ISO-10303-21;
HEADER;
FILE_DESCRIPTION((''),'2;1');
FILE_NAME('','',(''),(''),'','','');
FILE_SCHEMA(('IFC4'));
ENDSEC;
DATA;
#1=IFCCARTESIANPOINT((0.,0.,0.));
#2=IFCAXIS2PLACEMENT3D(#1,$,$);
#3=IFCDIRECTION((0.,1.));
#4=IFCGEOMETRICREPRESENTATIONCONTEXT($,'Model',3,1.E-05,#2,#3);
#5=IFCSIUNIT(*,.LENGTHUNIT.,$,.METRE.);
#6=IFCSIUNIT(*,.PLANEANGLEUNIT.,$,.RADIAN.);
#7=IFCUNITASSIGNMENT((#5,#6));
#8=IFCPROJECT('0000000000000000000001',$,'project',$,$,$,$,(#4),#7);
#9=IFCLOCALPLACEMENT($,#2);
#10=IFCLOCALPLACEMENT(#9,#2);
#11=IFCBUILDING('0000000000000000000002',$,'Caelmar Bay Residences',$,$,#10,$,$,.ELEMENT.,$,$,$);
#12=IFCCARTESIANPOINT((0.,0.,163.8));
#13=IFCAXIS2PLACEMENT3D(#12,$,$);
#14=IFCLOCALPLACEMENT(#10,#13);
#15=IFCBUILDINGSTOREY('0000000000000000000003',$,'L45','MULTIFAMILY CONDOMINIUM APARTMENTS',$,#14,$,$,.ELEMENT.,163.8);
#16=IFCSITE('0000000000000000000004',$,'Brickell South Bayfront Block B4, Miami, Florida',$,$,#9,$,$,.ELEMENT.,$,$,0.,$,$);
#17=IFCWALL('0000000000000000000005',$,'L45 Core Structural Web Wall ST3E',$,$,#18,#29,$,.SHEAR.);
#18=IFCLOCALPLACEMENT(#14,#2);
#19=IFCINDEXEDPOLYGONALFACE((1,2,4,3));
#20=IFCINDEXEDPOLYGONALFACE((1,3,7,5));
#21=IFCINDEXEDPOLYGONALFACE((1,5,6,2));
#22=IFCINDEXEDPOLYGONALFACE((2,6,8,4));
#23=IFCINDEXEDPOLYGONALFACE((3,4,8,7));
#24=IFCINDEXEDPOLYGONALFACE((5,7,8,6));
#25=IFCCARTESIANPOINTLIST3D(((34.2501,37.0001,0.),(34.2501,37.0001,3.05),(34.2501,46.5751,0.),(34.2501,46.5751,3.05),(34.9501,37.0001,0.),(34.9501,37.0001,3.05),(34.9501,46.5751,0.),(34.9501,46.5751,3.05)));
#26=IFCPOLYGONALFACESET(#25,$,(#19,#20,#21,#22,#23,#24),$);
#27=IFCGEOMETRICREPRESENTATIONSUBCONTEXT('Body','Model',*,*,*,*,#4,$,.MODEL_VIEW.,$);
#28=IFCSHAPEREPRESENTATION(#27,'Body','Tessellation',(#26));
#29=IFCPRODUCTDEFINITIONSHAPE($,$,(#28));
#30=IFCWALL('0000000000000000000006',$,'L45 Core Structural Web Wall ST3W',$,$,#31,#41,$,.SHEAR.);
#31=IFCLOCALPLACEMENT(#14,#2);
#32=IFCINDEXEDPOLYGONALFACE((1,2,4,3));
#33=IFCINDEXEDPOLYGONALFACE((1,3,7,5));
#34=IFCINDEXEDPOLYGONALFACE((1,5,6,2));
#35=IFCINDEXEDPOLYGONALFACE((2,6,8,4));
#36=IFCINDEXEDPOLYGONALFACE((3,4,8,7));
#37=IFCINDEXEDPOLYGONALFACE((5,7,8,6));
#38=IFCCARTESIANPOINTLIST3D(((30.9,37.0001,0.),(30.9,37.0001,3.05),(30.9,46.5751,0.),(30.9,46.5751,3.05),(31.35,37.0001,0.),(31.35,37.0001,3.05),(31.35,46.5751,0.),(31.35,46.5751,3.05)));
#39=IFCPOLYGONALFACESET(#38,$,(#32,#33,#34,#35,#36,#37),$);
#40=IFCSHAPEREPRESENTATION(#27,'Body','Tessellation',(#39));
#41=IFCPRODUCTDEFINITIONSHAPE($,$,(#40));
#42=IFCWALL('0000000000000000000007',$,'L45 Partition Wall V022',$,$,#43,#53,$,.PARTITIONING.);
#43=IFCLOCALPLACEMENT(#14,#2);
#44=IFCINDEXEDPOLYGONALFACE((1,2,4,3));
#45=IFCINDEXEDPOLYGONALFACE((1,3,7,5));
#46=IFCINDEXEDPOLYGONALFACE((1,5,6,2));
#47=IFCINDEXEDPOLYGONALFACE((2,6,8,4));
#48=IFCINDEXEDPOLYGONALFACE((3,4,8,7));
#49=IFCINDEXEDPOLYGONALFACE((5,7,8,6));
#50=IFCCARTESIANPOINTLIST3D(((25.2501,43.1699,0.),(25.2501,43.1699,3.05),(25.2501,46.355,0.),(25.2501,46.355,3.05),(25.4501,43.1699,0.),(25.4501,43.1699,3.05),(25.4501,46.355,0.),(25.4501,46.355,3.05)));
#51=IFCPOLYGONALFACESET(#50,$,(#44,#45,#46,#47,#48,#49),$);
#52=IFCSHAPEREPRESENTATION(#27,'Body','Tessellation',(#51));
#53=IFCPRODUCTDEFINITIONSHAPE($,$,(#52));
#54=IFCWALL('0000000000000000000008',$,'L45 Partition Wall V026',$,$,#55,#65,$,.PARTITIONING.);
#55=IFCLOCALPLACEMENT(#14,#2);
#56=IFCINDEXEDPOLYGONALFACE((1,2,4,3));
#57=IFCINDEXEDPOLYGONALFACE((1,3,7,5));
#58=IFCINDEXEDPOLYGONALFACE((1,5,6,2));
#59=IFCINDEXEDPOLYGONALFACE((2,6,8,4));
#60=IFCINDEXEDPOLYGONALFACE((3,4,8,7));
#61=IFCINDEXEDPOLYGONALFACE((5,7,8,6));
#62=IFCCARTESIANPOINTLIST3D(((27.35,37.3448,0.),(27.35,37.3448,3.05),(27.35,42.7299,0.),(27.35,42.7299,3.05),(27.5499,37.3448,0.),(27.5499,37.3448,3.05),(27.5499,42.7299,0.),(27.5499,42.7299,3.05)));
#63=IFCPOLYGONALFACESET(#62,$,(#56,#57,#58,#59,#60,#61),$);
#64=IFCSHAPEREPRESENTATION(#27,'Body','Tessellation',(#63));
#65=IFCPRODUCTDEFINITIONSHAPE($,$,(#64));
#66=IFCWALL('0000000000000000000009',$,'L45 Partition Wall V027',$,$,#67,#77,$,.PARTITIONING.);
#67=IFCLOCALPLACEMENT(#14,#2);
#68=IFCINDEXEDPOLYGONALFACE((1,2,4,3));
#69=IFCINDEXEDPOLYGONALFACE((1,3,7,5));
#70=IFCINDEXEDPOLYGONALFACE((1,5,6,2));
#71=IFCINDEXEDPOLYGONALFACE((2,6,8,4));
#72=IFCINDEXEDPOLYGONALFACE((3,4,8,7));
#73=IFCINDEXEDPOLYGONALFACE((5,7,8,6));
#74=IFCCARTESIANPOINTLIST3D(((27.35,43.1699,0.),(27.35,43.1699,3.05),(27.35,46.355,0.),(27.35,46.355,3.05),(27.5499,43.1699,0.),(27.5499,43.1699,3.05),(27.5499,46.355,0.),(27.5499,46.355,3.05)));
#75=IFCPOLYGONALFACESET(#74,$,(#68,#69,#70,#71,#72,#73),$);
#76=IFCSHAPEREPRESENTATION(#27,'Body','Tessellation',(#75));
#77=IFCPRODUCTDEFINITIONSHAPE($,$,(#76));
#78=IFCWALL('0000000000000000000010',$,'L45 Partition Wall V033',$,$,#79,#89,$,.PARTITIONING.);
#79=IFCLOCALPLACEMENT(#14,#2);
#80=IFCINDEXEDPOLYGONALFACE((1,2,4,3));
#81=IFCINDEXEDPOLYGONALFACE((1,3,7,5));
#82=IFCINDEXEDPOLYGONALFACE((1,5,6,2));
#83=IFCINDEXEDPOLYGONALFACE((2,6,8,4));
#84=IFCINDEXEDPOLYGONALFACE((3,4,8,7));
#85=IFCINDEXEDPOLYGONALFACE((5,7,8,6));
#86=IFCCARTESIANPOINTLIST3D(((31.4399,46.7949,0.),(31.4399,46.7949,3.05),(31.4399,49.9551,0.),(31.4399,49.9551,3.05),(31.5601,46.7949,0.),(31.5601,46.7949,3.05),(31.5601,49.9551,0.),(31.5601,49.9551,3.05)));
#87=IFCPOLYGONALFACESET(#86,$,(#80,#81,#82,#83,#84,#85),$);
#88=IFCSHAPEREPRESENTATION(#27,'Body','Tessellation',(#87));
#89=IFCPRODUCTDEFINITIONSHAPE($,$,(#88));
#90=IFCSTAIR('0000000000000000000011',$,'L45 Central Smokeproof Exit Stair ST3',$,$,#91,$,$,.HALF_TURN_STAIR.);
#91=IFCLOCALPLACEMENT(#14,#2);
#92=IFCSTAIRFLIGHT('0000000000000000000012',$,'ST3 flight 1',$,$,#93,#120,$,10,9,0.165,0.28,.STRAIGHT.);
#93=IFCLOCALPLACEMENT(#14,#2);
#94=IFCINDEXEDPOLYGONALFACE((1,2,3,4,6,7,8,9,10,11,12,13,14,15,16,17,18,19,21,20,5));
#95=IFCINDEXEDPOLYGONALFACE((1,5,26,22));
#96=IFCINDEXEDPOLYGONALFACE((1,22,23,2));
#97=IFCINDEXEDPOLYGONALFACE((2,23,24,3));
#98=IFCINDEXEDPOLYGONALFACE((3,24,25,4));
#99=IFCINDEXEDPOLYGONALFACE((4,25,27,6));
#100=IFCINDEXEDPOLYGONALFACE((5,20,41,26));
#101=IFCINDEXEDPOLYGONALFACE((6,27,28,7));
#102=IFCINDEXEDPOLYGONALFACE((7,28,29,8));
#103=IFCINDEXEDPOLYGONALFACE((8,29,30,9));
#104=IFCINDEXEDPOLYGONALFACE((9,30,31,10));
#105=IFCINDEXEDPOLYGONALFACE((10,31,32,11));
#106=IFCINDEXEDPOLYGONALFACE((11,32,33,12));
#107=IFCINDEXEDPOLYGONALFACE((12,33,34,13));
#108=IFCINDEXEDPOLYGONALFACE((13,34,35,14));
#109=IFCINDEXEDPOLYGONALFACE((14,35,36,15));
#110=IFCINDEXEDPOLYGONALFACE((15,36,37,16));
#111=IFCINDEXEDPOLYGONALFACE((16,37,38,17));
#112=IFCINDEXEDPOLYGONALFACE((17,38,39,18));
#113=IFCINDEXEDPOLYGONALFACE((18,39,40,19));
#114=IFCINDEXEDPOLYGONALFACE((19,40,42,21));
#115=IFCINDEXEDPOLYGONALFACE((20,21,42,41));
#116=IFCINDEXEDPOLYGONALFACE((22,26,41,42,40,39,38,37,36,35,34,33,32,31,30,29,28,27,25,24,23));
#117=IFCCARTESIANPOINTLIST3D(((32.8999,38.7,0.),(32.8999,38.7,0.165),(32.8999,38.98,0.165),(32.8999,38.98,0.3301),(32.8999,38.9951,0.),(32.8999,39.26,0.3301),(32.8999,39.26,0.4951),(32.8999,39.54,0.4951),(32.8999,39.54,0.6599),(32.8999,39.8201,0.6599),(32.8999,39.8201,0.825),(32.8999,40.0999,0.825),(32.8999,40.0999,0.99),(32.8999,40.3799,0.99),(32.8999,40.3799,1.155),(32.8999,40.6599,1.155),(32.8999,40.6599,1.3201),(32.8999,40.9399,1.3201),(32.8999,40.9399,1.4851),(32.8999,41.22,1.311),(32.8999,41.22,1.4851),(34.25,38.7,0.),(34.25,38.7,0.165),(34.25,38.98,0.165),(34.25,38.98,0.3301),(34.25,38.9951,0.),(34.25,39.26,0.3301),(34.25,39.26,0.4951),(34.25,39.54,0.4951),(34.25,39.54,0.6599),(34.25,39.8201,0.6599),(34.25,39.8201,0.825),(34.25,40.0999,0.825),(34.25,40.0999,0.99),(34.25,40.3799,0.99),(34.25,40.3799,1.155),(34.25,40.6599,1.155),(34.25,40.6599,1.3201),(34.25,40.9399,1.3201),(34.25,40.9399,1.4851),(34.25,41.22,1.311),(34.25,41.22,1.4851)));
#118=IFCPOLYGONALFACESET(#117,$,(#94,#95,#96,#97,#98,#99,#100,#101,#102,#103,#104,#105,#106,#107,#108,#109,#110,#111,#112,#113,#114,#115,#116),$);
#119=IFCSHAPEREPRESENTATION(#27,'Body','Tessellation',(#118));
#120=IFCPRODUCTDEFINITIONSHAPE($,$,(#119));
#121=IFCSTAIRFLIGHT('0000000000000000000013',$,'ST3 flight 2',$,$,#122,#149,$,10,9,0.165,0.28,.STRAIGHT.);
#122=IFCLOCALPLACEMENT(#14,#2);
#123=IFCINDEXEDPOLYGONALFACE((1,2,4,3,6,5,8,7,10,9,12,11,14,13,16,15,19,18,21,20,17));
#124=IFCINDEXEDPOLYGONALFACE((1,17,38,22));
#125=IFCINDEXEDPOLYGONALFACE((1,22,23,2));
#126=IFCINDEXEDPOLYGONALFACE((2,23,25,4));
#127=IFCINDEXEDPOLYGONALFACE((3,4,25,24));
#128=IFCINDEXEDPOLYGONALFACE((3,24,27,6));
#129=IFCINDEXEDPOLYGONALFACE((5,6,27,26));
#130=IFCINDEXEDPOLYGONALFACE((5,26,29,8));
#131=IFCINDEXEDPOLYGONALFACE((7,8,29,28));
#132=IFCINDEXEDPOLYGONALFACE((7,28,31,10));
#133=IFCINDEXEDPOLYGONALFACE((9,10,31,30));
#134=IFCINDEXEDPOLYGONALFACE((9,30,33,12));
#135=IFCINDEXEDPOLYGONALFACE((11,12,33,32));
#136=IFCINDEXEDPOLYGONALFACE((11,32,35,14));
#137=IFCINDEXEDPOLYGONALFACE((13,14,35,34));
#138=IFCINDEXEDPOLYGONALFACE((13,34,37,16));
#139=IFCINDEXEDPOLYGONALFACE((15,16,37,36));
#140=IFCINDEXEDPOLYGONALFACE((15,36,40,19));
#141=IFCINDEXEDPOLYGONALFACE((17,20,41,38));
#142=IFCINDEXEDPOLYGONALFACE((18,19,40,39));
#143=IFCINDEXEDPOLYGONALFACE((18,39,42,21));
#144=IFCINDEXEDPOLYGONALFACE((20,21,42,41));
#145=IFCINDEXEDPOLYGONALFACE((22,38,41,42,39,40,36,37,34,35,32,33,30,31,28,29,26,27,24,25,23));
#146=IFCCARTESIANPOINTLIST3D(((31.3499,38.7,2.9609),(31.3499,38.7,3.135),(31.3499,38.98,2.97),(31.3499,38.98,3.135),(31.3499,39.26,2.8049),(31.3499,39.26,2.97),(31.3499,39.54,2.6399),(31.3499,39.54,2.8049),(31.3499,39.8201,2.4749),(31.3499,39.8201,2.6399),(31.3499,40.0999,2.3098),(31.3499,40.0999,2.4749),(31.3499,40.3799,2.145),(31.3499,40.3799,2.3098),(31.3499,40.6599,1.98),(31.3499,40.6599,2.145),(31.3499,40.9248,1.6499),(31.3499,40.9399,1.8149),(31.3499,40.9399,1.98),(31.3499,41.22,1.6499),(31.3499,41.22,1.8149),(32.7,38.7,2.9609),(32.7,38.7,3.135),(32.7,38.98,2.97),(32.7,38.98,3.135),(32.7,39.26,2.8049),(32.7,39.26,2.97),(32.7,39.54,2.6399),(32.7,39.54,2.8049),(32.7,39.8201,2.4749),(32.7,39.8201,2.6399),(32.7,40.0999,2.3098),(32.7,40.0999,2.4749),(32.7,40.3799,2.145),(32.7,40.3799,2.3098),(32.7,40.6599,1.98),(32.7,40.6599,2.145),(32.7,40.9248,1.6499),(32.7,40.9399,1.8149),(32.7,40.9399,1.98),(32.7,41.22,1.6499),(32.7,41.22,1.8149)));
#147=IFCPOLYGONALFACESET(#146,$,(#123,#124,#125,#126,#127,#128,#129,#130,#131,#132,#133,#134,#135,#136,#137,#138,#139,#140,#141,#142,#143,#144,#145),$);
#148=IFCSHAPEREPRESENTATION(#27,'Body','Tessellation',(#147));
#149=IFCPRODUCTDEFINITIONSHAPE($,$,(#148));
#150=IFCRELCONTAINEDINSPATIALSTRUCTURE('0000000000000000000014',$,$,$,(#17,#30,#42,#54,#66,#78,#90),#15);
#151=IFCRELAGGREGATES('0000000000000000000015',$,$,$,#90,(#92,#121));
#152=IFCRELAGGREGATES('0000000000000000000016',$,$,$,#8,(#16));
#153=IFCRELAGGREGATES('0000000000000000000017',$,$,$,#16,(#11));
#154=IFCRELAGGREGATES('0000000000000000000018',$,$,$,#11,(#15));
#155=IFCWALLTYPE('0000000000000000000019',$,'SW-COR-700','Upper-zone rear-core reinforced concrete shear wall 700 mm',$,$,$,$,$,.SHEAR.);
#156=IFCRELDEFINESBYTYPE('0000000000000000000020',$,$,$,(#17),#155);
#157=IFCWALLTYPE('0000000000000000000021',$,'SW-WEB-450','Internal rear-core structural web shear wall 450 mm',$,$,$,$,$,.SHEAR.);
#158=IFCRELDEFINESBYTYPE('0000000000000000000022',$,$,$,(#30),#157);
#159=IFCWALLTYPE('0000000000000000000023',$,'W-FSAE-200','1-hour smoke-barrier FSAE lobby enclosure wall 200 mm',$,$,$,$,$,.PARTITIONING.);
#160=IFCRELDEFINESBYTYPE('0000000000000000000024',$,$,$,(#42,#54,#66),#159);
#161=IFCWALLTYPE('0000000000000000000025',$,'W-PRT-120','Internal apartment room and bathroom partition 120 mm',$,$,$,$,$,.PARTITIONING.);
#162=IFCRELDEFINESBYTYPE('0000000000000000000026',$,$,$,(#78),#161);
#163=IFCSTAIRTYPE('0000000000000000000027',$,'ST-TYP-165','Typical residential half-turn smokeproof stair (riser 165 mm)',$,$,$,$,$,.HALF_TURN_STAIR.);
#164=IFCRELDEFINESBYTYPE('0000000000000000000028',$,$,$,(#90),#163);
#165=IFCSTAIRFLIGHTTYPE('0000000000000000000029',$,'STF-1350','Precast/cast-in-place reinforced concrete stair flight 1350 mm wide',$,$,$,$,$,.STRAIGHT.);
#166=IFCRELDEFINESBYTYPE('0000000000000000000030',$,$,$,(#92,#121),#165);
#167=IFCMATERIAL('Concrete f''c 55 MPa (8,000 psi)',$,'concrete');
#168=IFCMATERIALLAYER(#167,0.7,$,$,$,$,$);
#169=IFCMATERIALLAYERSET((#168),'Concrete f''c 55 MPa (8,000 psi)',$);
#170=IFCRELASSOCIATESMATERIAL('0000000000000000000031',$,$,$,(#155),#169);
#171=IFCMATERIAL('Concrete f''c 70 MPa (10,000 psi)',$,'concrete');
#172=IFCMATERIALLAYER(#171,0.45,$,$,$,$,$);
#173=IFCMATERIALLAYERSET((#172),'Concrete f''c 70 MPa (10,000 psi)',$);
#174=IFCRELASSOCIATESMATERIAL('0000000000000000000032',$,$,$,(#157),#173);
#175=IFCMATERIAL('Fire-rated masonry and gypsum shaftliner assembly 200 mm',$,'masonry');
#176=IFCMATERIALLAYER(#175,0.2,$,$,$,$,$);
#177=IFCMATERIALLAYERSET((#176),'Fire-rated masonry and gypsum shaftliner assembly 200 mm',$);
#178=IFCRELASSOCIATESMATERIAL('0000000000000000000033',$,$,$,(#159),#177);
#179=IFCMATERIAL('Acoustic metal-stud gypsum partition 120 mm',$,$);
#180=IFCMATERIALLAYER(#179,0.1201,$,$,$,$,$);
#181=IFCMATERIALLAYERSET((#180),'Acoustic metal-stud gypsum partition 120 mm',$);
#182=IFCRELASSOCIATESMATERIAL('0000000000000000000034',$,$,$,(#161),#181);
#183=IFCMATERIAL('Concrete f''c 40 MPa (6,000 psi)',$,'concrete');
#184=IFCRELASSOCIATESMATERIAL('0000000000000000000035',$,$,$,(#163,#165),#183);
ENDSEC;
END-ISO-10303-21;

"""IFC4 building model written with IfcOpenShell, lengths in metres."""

from ifc_helpers import new_model, si_unit, direction, frame, frame_2d, origin, place, context, subcontext, project, spatial, polyline, rectangle, outline, extrude, material, layer, layer_set, type_object, element, aggregate, save


model = new_model("IFC4")

# Units and contexts
model_context = context("Model", 3, precision=1e-05, world=origin(), true_north=direction((0.0, 1.0)))
body_context = subcontext(model_context, "Body", "Model", "MODEL_VIEW")
ifc_project = project(units=[si_unit("LENGTHUNIT", "METRE"), si_unit("PLANEANGLEUNIT", "RADIAN")], contexts=[model_context])

# Site, building, storey
site_placement = place(None, origin())
site = spatial("IfcSite", under=ifc_project, at=site_placement, Name="Brickell South Bayfront Block B4, Miami, Florida", CompositionType="ELEMENT", RefElevation=0.0)
building_placement = place(site_placement, origin())
building = spatial("IfcBuilding", under=site, at=building_placement, Name="Caelmar Bay Residences", CompositionType="ELEMENT")
storey_placement = place(building_placement, frame((0.0, 0.0, 163.8)))
storey = spatial("IfcBuildingStorey", under=building, at=storey_placement, Name="L45", Description="MULTIFAMILY CONDOMINIUM APARTMENTS", CompositionType="ELEMENT", Elevation=163.8)

# Walls
ifc_material_1 = material(Name="Concrete f'c 55 MPa (8,000 psi)", Category="concrete")
ifc_layer_1 = layer(ifc_material_1, 0.7)
ifc_layer_set_1 = layer_set([ifc_layer_1], Name="Concrete f'c 55 MPa (8,000 psi)")
wall_type_1 = type_object("IfcWallType", Name="SW-COR-700", Description="Upper-zone rear-core reinforced concrete shear wall 700 mm", PredefinedType="SHEAR", material=ifc_layer_set_1)
wall_1_placement = place(storey_placement, frame((34.6001, 37.0, 0.0), z_axis=(0.0, 0.0, 1.0), x_axis=(0.0, 1.0, 0.0)))
element("IfcWall", 1, at=wall_1_placement, inside=storey, type_object=wall_type_1, Name="L45 Core Structural Web Wall ST3E", PredefinedType="SHEAR", context=body_context, shape_type="SweptSolid", body=[
    extrude(rectangle(XDim=9.575, YDim=0.7, at=frame_2d((4.7876, 0.0))), origin(), (0.0, 0.0, 1.0), 3.05),
])
ifc_material_2 = material(Name="Concrete f'c 70 MPa (10,000 psi)", Category="concrete")
ifc_layer_2 = layer(ifc_material_2, 0.45)
ifc_layer_set_2 = layer_set([ifc_layer_2], Name="Concrete f'c 70 MPa (10,000 psi)")
wall_type_2 = type_object("IfcWallType", Name="SW-WEB-450", Description="Internal rear-core structural web shear wall 450 mm", PredefinedType="SHEAR", material=ifc_layer_set_2)
wall_2_placement = place(storey_placement, frame((31.125, 37.0, 0.0), z_axis=(0.0, 0.0, 1.0), x_axis=(0.0, 1.0, 0.0)))
element("IfcWall", 2, at=wall_2_placement, inside=storey, type_object=wall_type_2, Name="L45 Core Structural Web Wall ST3W", PredefinedType="SHEAR", context=body_context, shape_type="SweptSolid", body=[
    extrude(rectangle(XDim=9.575, YDim=0.45, at=frame_2d((4.7876, 0.0))), origin(), (0.0, 0.0, 1.0), 3.05),
])
ifc_material_3 = material(Name="Fire-rated masonry and gypsum shaftliner assembly 200 mm", Category="masonry")
ifc_layer_3 = layer(ifc_material_3, 0.2)
ifc_layer_set_3 = layer_set([ifc_layer_3], Name="Fire-rated masonry and gypsum shaftliner assembly 200 mm")
wall_type_3 = type_object("IfcWallType", Name="W-FSAE-200", Description="1-hour smoke-barrier FSAE lobby enclosure wall 200 mm", PredefinedType="PARTITIONING", material=ifc_layer_set_3)
wall_3_placement = place(storey_placement, frame((25.3501, 43.1699, 0.0), z_axis=(0.0, 0.0, 1.0), x_axis=(0.0, 1.0, 0.0)))
element("IfcWall", 3, at=wall_3_placement, inside=storey, type_object=wall_type_3, Name="L45 Partition Wall V022", PredefinedType="PARTITIONING", context=body_context, shape_type="SweptSolid", body=[
    extrude(rectangle(XDim=3.1851, YDim=0.2, at=frame_2d((1.5925, 0.0))), origin(), (0.0, 0.0, 1.0), 3.05),
])
wall_4_placement = place(storey_placement, frame((27.45, 37.345, 0.0), z_axis=(0.0, 0.0, 1.0), x_axis=(0.0, 1.0, 0.0)))
element("IfcWall", 4, at=wall_4_placement, inside=storey, type_object=wall_type_3, Name="L45 Partition Wall V026", PredefinedType="PARTITIONING", context=body_context, shape_type="SweptSolid", body=[
    extrude(rectangle(XDim=5.385, YDim=0.2, at=frame_2d((2.6924, 0.0))), origin(), (0.0, 0.0, 1.0), 3.05),
])
wall_5_placement = place(storey_placement, frame((27.45, 43.1699, 0.0), z_axis=(0.0, 0.0, 1.0), x_axis=(0.0, 1.0, 0.0)))
element("IfcWall", 5, at=wall_5_placement, inside=storey, type_object=wall_type_3, Name="L45 Partition Wall V027", PredefinedType="PARTITIONING", context=body_context, shape_type="SweptSolid", body=[
    extrude(rectangle(XDim=3.1851, YDim=0.2, at=frame_2d((1.5925, 0.0))), origin(), (0.0, 0.0, 1.0), 3.05),
])
ifc_material_4 = material(Name="Acoustic metal-stud gypsum partition 120 mm")
ifc_layer_4 = layer(ifc_material_4, 0.1201)
ifc_layer_set_4 = layer_set([ifc_layer_4], Name="Acoustic metal-stud gypsum partition 120 mm")
wall_type_4 = type_object("IfcWallType", Name="W-PRT-120", Description="Internal apartment room and bathroom partition 120 mm", PredefinedType="PARTITIONING", material=ifc_layer_set_4)
wall_6_placement = place(storey_placement, frame((31.5, 46.7949, 0.0), z_axis=(0.0, 0.0, 1.0), x_axis=(0.0, 1.0, 0.0)))
element("IfcWall", 6, at=wall_6_placement, inside=storey, type_object=wall_type_4, Name="L45 Partition Wall V033", PredefinedType="PARTITIONING", context=body_context, shape_type="SweptSolid", body=[
    extrude(rectangle(XDim=3.1602, YDim=0.1201, at=frame_2d((1.5801, 0.0))), origin(), (0.0, 0.0, 1.0), 3.05),
])

# Stair, stair flights
ifc_material_5 = material(Name="Concrete f'c 40 MPa (6,000 psi)", Category="concrete")
stair_type = type_object("IfcStairType", Name="ST-TYP-165", Description="Typical residential half-turn smokeproof stair (riser 165 mm)", PredefinedType="HALF_TURN_STAIR", material=ifc_material_5)
stair_placement = place(storey_placement, origin())
stair = element("IfcStair", 7, at=stair_placement, inside=storey, type_object=stair_type, Name="L45 Central Smokeproof Exit Stair ST3", PredefinedType="HALF_TURN_STAIR")
stair_flight_type = type_object("IfcStairFlightType", Name="STF-1350", Description="Precast/cast-in-place reinforced concrete stair flight 1350 mm wide", PredefinedType="STRAIGHT", material=ifc_material_5)
stair_flight_1_placement = place(storey_placement, frame((33.575, 38.7, 0.0), z_axis=(0.0, 0.0, 1.0), x_axis=(0.0, 1.0, 0.0)))
stair_flight_1 = element("IfcStairFlight", 8, at=stair_flight_1_placement, type_object=stair_flight_type, Name="ST3 flight 1", NumberOfRisers=10, NumberOfTreads=9, PredefinedType="STRAIGHT", RiserHeight=0.165, TreadLength=0.28, context=body_context, shape_type="SweptSolid", body=[
    extrude(outline(polyline([(0.0, 0.0), (0.0, 0.165), (0.28, 0.165), (0.28, 0.3301), (0.5601, 0.3301), (0.5601, 0.4951), (0.8401, 0.4951), (0.8401, 0.6599), (1.1201, 0.6599), (1.1201, 0.825), (1.3999, 0.825), (1.3999, 0.99), (1.6799, 0.99), (1.6799, 1.155), (1.96, 1.155), (1.96, 1.3201), (2.24, 1.3201), (2.24, 1.4851), (2.52, 1.4851), (2.52, 1.6499), (2.52, 1.311), (0.2952, 0.0), (0.0, 0.0)])), frame((0.0, 0.675, 0.0), z_axis=(0.0, -1.0, 0.0), x_axis=(1.0, 0.0, 0.0)), (0.0, 0.0, 1.0), 1.3501),
])
stair_flight_2_placement = place(storey_placement, frame((32.0249, 41.22, 1.6499), z_axis=(0.0, 0.0, 1.0), x_axis=(0.0, -1.0, 0.0)))
stair_flight_2 = element("IfcStairFlight", 9, at=stair_flight_2_placement, type_object=stair_flight_type, Name="ST3 flight 2", NumberOfRisers=10, NumberOfTreads=9, PredefinedType="STRAIGHT", RiserHeight=0.165, TreadLength=0.28, context=body_context, shape_type="SweptSolid", body=[
    extrude(outline(polyline([(0.0, 0.0), (0.0, 0.165), (0.28, 0.165), (0.28, 0.3301), (0.5601, 0.3301), (0.5601, 0.4951), (0.8401, 0.4951), (0.8401, 0.6599), (1.1201, 0.6599), (1.1201, 0.825), (1.3999, 0.825), (1.3999, 0.99), (1.6799, 0.99), (1.6799, 1.155), (1.96, 1.155), (1.96, 1.3201), (2.24, 1.3201), (2.24, 1.4851), (2.52, 1.4851), (2.52, 1.6499), (2.52, 1.311), (0.2952, 0.0), (0.0, 0.0)])), frame((0.0, 0.675, 0.0), z_axis=(0.0, -1.0, 0.0), x_axis=(1.0, 0.0, 0.0)), (0.0, 0.0, 1.0), 1.3501),
])
aggregate(stair, [stair_flight_1, stair_flight_2])

save(model, "model.ifc")
